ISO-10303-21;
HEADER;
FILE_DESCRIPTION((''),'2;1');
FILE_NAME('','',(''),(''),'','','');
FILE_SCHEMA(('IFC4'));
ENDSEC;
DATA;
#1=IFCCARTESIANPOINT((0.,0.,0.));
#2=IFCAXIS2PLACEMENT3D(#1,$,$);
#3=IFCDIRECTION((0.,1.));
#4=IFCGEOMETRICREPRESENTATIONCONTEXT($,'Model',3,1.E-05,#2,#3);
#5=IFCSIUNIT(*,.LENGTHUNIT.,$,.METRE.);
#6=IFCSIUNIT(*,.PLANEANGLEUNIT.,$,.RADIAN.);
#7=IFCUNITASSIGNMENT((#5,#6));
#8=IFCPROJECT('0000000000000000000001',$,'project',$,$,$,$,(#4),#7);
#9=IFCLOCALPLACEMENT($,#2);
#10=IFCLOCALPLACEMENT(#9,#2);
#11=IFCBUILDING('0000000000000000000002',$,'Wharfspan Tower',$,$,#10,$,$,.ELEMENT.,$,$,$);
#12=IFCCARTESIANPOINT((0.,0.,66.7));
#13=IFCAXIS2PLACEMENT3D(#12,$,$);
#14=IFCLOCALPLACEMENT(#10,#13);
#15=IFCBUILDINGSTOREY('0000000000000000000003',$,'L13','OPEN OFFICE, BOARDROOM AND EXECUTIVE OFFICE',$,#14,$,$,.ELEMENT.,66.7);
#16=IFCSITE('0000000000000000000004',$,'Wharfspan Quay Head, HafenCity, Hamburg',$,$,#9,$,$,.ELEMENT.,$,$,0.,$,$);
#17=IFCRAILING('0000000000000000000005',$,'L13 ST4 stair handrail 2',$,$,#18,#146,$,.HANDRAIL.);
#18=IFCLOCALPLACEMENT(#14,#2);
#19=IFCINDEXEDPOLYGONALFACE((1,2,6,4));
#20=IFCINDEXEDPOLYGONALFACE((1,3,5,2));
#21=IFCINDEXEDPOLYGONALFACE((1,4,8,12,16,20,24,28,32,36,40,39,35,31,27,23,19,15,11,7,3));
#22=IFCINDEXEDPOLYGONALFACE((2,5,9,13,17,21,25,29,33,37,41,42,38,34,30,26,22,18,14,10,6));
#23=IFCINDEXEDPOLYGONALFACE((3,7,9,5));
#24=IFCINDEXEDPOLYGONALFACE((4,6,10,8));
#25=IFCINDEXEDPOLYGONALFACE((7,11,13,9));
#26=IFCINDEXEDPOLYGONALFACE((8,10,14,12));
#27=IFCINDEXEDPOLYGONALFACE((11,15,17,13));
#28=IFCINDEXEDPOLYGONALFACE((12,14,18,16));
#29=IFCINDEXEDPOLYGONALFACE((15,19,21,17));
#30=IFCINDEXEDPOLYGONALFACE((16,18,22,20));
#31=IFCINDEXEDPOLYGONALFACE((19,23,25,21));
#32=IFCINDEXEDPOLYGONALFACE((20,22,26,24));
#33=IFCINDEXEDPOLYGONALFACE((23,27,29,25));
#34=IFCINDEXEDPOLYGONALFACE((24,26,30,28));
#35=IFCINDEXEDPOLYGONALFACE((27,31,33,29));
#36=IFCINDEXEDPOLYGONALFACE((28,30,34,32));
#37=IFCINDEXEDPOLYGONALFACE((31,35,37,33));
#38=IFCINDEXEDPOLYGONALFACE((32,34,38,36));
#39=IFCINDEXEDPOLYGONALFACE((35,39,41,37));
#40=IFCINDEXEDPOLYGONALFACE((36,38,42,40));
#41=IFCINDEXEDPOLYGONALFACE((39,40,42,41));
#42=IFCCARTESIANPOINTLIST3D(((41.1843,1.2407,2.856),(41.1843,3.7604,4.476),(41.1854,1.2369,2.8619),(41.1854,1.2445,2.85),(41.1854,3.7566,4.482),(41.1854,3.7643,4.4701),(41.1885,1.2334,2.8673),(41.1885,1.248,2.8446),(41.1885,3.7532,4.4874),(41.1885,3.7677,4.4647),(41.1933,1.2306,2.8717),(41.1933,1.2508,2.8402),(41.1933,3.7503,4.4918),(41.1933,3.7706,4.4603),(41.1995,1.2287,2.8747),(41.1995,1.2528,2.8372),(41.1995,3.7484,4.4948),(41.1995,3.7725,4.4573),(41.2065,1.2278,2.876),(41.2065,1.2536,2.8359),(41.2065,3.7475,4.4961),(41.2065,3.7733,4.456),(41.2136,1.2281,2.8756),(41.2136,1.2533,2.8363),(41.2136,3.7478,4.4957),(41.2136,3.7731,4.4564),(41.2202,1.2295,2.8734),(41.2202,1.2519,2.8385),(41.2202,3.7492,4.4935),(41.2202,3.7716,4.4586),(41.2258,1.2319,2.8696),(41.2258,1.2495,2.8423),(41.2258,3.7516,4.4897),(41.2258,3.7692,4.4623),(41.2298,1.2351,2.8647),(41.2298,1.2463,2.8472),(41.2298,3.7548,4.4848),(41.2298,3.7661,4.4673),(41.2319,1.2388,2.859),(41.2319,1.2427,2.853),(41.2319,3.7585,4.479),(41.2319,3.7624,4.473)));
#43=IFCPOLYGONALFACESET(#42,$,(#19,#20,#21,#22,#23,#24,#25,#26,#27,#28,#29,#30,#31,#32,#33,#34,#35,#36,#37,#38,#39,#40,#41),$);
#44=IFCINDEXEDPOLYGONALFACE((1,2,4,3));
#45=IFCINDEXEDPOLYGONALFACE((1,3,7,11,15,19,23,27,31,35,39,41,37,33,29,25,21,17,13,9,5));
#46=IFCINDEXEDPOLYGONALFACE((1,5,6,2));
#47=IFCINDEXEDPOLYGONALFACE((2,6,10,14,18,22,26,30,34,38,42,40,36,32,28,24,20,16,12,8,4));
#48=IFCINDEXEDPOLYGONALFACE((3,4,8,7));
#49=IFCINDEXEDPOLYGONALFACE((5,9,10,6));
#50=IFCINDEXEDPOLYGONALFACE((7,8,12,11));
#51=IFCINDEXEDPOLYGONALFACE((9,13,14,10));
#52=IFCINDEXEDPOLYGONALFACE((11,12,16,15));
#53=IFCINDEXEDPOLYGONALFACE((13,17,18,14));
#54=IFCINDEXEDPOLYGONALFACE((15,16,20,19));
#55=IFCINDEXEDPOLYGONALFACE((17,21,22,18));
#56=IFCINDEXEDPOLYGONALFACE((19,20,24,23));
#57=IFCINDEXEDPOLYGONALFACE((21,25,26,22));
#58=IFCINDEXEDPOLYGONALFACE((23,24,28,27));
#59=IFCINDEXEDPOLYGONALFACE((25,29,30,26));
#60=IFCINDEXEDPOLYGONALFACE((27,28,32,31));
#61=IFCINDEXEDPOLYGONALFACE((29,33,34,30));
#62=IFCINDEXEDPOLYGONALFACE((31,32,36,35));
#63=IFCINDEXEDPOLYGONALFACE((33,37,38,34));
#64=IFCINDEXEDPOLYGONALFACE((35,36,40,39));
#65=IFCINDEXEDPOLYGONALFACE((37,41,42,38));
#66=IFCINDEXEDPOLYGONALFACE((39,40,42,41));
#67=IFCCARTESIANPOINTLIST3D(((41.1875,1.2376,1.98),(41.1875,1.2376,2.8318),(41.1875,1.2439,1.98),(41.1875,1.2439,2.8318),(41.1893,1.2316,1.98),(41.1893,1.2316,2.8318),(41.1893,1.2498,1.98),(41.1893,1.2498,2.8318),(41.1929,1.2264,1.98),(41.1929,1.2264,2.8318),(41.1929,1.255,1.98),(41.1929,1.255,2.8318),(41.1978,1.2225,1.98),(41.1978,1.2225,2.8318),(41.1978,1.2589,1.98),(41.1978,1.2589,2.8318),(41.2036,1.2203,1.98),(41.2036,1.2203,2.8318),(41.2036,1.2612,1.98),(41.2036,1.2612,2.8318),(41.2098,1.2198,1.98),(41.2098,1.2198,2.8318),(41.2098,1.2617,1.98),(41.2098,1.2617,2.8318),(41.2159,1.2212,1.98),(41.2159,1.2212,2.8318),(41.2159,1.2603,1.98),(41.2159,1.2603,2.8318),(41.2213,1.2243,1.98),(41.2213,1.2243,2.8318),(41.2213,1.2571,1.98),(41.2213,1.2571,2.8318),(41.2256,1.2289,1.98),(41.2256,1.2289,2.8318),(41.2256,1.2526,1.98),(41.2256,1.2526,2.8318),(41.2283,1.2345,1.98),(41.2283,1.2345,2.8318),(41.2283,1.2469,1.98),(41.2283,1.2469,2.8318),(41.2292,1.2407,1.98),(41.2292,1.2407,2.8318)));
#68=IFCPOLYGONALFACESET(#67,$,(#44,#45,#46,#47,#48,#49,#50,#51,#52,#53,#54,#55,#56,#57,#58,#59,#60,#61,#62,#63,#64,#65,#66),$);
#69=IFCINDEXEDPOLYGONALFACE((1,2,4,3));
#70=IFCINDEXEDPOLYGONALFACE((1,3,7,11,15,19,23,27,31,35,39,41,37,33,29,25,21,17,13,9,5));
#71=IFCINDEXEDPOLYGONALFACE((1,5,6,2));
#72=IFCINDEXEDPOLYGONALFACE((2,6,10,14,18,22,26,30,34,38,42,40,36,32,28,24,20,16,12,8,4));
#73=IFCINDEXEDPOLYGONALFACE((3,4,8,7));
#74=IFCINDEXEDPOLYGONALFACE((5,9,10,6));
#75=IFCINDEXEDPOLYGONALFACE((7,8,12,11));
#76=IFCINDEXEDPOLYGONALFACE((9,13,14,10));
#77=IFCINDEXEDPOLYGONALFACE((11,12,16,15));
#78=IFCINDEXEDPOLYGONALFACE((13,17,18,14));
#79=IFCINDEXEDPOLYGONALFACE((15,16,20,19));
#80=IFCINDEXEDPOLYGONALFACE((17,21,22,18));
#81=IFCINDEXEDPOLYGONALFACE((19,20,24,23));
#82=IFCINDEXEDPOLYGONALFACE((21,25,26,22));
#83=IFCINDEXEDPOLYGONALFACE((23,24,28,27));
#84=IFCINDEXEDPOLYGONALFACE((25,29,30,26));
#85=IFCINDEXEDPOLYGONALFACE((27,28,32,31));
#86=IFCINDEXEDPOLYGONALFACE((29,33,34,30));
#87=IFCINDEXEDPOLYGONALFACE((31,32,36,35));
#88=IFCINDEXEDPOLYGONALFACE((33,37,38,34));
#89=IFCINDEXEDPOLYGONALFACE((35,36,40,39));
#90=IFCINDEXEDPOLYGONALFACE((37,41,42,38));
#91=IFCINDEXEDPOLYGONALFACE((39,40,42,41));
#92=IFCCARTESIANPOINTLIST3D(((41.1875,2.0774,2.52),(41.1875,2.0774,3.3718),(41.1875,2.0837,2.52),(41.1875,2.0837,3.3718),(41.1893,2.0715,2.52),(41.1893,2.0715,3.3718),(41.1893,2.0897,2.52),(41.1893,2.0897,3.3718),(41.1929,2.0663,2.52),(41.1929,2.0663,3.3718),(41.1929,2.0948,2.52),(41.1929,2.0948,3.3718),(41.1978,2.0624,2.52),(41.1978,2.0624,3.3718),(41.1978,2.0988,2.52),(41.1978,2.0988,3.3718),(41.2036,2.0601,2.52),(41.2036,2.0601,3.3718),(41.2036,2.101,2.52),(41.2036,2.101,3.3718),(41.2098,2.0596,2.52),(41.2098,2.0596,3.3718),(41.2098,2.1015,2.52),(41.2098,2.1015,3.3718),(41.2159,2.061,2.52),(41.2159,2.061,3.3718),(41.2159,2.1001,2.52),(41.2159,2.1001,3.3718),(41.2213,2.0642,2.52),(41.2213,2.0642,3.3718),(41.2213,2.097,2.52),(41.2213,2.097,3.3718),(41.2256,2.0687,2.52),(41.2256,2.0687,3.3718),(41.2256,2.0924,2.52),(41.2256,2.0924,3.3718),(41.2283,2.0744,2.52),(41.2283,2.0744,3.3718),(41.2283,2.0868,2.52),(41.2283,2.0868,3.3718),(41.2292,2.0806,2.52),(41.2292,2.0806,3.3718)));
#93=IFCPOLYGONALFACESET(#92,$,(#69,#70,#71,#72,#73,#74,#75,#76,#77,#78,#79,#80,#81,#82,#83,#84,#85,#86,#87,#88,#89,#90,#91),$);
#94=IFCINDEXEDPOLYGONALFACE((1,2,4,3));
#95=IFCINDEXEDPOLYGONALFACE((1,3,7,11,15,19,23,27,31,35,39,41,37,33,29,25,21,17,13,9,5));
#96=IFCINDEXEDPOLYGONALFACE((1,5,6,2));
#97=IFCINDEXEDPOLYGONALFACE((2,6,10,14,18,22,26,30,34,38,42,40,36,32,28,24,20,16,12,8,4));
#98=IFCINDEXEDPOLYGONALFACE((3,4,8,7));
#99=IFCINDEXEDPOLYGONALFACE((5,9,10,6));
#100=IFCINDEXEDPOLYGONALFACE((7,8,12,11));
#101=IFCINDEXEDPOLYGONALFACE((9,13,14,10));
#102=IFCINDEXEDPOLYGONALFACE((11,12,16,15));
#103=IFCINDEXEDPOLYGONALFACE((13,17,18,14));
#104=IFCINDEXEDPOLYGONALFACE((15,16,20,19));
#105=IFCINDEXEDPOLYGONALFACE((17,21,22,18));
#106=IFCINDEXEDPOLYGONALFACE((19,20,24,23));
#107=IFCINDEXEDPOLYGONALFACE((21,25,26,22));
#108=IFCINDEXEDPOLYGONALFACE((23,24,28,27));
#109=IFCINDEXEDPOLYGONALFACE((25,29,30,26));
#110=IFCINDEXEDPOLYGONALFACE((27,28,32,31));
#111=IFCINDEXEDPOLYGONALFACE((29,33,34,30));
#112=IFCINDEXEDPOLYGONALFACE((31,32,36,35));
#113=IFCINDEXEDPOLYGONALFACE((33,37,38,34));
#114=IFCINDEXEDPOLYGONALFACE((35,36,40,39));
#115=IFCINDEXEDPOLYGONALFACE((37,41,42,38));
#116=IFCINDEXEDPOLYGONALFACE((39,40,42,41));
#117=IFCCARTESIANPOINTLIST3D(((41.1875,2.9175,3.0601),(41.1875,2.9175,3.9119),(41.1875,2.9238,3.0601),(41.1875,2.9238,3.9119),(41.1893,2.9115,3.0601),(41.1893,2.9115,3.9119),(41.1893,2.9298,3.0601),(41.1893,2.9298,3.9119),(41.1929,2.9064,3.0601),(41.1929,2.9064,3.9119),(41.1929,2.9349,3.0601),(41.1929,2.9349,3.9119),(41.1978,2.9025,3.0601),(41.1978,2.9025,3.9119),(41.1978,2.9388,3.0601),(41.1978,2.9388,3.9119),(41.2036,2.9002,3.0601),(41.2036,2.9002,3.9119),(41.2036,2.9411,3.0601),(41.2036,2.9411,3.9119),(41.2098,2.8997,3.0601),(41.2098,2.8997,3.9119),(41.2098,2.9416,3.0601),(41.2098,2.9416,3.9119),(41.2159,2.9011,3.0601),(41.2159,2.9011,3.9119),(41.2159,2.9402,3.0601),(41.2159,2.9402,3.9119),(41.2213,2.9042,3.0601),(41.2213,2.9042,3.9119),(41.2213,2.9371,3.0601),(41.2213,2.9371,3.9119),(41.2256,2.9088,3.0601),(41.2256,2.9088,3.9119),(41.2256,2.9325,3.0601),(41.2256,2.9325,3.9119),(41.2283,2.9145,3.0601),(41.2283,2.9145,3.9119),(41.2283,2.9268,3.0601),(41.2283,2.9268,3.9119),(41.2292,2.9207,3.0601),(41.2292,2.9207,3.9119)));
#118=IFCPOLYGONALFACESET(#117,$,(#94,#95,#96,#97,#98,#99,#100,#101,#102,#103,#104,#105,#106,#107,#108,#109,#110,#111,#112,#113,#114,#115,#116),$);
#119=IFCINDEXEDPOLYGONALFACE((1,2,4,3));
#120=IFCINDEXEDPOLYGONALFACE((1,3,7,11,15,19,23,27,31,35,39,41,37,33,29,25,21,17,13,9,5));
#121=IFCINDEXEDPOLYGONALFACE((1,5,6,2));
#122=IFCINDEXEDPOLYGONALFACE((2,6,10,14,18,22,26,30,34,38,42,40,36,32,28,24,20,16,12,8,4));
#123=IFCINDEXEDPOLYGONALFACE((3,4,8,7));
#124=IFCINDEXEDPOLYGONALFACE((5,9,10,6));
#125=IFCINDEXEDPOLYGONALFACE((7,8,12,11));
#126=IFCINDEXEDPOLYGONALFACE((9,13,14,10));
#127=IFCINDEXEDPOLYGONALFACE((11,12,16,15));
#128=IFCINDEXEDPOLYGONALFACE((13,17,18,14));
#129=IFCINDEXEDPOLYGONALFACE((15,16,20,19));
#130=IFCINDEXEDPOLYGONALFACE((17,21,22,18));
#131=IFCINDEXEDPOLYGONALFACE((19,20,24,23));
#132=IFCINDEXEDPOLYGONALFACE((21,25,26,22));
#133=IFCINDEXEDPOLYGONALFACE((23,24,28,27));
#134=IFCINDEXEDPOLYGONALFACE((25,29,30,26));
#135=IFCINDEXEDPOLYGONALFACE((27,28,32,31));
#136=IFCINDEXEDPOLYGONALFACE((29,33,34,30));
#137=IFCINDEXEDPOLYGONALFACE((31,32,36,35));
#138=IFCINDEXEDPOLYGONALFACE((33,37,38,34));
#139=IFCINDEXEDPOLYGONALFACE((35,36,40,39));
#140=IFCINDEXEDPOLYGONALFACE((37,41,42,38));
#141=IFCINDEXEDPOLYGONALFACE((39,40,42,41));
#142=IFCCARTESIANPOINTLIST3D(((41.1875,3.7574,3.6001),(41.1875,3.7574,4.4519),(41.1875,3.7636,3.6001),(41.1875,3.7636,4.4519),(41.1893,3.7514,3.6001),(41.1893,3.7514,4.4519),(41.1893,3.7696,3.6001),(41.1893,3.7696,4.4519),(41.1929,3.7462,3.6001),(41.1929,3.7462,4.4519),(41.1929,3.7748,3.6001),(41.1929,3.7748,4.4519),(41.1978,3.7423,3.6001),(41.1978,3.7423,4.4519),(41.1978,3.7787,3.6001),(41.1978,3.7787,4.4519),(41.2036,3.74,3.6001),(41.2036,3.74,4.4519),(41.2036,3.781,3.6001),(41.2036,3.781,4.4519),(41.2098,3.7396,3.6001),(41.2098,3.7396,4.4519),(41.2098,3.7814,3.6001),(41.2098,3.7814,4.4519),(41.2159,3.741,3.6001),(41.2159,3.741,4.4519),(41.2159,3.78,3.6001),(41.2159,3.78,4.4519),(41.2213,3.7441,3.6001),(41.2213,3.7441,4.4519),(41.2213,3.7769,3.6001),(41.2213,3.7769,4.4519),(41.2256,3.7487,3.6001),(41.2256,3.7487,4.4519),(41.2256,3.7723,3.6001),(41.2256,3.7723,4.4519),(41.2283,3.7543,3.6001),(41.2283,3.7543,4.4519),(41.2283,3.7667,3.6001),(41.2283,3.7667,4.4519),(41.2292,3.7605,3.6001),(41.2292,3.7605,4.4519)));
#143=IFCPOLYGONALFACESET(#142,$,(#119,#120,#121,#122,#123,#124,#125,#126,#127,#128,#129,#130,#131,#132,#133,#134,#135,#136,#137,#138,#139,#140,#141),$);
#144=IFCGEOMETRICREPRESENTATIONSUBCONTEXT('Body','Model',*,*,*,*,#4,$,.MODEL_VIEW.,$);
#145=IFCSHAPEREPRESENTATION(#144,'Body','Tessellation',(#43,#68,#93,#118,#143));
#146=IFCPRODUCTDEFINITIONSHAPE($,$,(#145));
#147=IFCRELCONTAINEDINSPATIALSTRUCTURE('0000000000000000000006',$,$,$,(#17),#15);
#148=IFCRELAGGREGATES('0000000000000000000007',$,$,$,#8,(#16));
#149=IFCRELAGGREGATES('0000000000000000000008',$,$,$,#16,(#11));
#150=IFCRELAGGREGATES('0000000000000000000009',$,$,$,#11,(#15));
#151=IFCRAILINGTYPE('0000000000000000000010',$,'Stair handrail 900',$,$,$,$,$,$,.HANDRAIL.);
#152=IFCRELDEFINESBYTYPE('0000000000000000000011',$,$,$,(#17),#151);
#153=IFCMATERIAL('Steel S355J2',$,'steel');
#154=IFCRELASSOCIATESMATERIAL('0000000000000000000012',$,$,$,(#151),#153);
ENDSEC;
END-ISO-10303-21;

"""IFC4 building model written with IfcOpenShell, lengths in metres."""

from ifc_helpers import new_model, si_unit, direction, frame, origin, origin_2d, place, context, subcontext, project, spatial, circle, extrude, material, type_object, element, save


model = new_model("IFC4")

# Units and contexts
model_context = context("Model", 3, precision=1e-05, world=origin(), true_north=direction((0.0, 1.0)))
body_context = subcontext(model_context, "Body", "Model", "MODEL_VIEW")
ifc_project = project(units=[si_unit("LENGTHUNIT", "METRE"), si_unit("PLANEANGLEUNIT", "RADIAN")], contexts=[model_context])

# Site, building, storey
site_placement = place(None, origin())
site = spatial("IfcSite", under=ifc_project, at=site_placement, Name="Wharfspan Quay Head, HafenCity, Hamburg", CompositionType="ELEMENT", RefElevation=0.0)
building_placement = place(site_placement, origin())
building = spatial("IfcBuilding", under=site, at=building_placement, Name="Wharfspan Tower", CompositionType="ELEMENT")
storey_placement = place(building_placement, frame((0.0, 0.0, 66.7)))
storey = spatial("IfcBuildingStorey", under=building, at=storey_placement, Name="L13", Description="OPEN OFFICE, BOARDROOM AND EXECUTIVE OFFICE", CompositionType="ELEMENT", Elevation=66.7)

# Shared definitions
ifc_material_1 = material(Name="Steel S355J2", Category="steel")

# Railing
railing_type_1 = type_object("IfcRailingType", Name="Stair handrail 900", PredefinedType="HANDRAIL", material=ifc_material_1)
railing_1_placement = place(storey_placement, frame((41.2083, 1.2407, 1.98)))
element("IfcRailing", 1, at=railing_1_placement, inside=storey, type_object=railing_type_1, Name="L13 ST4 stair handrail 2", PredefinedType="HANDRAIL", context=body_context, shape_type="SweptSolid", body=[
    extrude(circle(Radius=0.0239, at=origin_2d()), frame((0.0, 0.0, 0.876), z_axis=(0.0, 0.841139, 0.540819), x_axis=(-1.0, 0.0, 0.0)), (0.0, 0.0, 1.0), 2.9956),
    extrude(circle(Radius=0.021, at=origin_2d()), origin(), (0.0, 0.0, 1.0), 0.8518),
    extrude(circle(Radius=0.021, at=origin_2d()), frame((0.0, 0.8398, 0.54)), (0.0, 0.0, 1.0), 0.8518),
    extrude(circle(Radius=0.021, at=origin_2d()), frame((0.0, 1.6799, 1.0801)), (0.0, 0.0, 1.0), 0.8518),
    extrude(circle(Radius=0.021, at=origin_2d()), frame((0.0, 2.5198, 1.6201)), (0.0, 0.0, 1.0), 0.8518),
])

save(model, "model.ifc")
